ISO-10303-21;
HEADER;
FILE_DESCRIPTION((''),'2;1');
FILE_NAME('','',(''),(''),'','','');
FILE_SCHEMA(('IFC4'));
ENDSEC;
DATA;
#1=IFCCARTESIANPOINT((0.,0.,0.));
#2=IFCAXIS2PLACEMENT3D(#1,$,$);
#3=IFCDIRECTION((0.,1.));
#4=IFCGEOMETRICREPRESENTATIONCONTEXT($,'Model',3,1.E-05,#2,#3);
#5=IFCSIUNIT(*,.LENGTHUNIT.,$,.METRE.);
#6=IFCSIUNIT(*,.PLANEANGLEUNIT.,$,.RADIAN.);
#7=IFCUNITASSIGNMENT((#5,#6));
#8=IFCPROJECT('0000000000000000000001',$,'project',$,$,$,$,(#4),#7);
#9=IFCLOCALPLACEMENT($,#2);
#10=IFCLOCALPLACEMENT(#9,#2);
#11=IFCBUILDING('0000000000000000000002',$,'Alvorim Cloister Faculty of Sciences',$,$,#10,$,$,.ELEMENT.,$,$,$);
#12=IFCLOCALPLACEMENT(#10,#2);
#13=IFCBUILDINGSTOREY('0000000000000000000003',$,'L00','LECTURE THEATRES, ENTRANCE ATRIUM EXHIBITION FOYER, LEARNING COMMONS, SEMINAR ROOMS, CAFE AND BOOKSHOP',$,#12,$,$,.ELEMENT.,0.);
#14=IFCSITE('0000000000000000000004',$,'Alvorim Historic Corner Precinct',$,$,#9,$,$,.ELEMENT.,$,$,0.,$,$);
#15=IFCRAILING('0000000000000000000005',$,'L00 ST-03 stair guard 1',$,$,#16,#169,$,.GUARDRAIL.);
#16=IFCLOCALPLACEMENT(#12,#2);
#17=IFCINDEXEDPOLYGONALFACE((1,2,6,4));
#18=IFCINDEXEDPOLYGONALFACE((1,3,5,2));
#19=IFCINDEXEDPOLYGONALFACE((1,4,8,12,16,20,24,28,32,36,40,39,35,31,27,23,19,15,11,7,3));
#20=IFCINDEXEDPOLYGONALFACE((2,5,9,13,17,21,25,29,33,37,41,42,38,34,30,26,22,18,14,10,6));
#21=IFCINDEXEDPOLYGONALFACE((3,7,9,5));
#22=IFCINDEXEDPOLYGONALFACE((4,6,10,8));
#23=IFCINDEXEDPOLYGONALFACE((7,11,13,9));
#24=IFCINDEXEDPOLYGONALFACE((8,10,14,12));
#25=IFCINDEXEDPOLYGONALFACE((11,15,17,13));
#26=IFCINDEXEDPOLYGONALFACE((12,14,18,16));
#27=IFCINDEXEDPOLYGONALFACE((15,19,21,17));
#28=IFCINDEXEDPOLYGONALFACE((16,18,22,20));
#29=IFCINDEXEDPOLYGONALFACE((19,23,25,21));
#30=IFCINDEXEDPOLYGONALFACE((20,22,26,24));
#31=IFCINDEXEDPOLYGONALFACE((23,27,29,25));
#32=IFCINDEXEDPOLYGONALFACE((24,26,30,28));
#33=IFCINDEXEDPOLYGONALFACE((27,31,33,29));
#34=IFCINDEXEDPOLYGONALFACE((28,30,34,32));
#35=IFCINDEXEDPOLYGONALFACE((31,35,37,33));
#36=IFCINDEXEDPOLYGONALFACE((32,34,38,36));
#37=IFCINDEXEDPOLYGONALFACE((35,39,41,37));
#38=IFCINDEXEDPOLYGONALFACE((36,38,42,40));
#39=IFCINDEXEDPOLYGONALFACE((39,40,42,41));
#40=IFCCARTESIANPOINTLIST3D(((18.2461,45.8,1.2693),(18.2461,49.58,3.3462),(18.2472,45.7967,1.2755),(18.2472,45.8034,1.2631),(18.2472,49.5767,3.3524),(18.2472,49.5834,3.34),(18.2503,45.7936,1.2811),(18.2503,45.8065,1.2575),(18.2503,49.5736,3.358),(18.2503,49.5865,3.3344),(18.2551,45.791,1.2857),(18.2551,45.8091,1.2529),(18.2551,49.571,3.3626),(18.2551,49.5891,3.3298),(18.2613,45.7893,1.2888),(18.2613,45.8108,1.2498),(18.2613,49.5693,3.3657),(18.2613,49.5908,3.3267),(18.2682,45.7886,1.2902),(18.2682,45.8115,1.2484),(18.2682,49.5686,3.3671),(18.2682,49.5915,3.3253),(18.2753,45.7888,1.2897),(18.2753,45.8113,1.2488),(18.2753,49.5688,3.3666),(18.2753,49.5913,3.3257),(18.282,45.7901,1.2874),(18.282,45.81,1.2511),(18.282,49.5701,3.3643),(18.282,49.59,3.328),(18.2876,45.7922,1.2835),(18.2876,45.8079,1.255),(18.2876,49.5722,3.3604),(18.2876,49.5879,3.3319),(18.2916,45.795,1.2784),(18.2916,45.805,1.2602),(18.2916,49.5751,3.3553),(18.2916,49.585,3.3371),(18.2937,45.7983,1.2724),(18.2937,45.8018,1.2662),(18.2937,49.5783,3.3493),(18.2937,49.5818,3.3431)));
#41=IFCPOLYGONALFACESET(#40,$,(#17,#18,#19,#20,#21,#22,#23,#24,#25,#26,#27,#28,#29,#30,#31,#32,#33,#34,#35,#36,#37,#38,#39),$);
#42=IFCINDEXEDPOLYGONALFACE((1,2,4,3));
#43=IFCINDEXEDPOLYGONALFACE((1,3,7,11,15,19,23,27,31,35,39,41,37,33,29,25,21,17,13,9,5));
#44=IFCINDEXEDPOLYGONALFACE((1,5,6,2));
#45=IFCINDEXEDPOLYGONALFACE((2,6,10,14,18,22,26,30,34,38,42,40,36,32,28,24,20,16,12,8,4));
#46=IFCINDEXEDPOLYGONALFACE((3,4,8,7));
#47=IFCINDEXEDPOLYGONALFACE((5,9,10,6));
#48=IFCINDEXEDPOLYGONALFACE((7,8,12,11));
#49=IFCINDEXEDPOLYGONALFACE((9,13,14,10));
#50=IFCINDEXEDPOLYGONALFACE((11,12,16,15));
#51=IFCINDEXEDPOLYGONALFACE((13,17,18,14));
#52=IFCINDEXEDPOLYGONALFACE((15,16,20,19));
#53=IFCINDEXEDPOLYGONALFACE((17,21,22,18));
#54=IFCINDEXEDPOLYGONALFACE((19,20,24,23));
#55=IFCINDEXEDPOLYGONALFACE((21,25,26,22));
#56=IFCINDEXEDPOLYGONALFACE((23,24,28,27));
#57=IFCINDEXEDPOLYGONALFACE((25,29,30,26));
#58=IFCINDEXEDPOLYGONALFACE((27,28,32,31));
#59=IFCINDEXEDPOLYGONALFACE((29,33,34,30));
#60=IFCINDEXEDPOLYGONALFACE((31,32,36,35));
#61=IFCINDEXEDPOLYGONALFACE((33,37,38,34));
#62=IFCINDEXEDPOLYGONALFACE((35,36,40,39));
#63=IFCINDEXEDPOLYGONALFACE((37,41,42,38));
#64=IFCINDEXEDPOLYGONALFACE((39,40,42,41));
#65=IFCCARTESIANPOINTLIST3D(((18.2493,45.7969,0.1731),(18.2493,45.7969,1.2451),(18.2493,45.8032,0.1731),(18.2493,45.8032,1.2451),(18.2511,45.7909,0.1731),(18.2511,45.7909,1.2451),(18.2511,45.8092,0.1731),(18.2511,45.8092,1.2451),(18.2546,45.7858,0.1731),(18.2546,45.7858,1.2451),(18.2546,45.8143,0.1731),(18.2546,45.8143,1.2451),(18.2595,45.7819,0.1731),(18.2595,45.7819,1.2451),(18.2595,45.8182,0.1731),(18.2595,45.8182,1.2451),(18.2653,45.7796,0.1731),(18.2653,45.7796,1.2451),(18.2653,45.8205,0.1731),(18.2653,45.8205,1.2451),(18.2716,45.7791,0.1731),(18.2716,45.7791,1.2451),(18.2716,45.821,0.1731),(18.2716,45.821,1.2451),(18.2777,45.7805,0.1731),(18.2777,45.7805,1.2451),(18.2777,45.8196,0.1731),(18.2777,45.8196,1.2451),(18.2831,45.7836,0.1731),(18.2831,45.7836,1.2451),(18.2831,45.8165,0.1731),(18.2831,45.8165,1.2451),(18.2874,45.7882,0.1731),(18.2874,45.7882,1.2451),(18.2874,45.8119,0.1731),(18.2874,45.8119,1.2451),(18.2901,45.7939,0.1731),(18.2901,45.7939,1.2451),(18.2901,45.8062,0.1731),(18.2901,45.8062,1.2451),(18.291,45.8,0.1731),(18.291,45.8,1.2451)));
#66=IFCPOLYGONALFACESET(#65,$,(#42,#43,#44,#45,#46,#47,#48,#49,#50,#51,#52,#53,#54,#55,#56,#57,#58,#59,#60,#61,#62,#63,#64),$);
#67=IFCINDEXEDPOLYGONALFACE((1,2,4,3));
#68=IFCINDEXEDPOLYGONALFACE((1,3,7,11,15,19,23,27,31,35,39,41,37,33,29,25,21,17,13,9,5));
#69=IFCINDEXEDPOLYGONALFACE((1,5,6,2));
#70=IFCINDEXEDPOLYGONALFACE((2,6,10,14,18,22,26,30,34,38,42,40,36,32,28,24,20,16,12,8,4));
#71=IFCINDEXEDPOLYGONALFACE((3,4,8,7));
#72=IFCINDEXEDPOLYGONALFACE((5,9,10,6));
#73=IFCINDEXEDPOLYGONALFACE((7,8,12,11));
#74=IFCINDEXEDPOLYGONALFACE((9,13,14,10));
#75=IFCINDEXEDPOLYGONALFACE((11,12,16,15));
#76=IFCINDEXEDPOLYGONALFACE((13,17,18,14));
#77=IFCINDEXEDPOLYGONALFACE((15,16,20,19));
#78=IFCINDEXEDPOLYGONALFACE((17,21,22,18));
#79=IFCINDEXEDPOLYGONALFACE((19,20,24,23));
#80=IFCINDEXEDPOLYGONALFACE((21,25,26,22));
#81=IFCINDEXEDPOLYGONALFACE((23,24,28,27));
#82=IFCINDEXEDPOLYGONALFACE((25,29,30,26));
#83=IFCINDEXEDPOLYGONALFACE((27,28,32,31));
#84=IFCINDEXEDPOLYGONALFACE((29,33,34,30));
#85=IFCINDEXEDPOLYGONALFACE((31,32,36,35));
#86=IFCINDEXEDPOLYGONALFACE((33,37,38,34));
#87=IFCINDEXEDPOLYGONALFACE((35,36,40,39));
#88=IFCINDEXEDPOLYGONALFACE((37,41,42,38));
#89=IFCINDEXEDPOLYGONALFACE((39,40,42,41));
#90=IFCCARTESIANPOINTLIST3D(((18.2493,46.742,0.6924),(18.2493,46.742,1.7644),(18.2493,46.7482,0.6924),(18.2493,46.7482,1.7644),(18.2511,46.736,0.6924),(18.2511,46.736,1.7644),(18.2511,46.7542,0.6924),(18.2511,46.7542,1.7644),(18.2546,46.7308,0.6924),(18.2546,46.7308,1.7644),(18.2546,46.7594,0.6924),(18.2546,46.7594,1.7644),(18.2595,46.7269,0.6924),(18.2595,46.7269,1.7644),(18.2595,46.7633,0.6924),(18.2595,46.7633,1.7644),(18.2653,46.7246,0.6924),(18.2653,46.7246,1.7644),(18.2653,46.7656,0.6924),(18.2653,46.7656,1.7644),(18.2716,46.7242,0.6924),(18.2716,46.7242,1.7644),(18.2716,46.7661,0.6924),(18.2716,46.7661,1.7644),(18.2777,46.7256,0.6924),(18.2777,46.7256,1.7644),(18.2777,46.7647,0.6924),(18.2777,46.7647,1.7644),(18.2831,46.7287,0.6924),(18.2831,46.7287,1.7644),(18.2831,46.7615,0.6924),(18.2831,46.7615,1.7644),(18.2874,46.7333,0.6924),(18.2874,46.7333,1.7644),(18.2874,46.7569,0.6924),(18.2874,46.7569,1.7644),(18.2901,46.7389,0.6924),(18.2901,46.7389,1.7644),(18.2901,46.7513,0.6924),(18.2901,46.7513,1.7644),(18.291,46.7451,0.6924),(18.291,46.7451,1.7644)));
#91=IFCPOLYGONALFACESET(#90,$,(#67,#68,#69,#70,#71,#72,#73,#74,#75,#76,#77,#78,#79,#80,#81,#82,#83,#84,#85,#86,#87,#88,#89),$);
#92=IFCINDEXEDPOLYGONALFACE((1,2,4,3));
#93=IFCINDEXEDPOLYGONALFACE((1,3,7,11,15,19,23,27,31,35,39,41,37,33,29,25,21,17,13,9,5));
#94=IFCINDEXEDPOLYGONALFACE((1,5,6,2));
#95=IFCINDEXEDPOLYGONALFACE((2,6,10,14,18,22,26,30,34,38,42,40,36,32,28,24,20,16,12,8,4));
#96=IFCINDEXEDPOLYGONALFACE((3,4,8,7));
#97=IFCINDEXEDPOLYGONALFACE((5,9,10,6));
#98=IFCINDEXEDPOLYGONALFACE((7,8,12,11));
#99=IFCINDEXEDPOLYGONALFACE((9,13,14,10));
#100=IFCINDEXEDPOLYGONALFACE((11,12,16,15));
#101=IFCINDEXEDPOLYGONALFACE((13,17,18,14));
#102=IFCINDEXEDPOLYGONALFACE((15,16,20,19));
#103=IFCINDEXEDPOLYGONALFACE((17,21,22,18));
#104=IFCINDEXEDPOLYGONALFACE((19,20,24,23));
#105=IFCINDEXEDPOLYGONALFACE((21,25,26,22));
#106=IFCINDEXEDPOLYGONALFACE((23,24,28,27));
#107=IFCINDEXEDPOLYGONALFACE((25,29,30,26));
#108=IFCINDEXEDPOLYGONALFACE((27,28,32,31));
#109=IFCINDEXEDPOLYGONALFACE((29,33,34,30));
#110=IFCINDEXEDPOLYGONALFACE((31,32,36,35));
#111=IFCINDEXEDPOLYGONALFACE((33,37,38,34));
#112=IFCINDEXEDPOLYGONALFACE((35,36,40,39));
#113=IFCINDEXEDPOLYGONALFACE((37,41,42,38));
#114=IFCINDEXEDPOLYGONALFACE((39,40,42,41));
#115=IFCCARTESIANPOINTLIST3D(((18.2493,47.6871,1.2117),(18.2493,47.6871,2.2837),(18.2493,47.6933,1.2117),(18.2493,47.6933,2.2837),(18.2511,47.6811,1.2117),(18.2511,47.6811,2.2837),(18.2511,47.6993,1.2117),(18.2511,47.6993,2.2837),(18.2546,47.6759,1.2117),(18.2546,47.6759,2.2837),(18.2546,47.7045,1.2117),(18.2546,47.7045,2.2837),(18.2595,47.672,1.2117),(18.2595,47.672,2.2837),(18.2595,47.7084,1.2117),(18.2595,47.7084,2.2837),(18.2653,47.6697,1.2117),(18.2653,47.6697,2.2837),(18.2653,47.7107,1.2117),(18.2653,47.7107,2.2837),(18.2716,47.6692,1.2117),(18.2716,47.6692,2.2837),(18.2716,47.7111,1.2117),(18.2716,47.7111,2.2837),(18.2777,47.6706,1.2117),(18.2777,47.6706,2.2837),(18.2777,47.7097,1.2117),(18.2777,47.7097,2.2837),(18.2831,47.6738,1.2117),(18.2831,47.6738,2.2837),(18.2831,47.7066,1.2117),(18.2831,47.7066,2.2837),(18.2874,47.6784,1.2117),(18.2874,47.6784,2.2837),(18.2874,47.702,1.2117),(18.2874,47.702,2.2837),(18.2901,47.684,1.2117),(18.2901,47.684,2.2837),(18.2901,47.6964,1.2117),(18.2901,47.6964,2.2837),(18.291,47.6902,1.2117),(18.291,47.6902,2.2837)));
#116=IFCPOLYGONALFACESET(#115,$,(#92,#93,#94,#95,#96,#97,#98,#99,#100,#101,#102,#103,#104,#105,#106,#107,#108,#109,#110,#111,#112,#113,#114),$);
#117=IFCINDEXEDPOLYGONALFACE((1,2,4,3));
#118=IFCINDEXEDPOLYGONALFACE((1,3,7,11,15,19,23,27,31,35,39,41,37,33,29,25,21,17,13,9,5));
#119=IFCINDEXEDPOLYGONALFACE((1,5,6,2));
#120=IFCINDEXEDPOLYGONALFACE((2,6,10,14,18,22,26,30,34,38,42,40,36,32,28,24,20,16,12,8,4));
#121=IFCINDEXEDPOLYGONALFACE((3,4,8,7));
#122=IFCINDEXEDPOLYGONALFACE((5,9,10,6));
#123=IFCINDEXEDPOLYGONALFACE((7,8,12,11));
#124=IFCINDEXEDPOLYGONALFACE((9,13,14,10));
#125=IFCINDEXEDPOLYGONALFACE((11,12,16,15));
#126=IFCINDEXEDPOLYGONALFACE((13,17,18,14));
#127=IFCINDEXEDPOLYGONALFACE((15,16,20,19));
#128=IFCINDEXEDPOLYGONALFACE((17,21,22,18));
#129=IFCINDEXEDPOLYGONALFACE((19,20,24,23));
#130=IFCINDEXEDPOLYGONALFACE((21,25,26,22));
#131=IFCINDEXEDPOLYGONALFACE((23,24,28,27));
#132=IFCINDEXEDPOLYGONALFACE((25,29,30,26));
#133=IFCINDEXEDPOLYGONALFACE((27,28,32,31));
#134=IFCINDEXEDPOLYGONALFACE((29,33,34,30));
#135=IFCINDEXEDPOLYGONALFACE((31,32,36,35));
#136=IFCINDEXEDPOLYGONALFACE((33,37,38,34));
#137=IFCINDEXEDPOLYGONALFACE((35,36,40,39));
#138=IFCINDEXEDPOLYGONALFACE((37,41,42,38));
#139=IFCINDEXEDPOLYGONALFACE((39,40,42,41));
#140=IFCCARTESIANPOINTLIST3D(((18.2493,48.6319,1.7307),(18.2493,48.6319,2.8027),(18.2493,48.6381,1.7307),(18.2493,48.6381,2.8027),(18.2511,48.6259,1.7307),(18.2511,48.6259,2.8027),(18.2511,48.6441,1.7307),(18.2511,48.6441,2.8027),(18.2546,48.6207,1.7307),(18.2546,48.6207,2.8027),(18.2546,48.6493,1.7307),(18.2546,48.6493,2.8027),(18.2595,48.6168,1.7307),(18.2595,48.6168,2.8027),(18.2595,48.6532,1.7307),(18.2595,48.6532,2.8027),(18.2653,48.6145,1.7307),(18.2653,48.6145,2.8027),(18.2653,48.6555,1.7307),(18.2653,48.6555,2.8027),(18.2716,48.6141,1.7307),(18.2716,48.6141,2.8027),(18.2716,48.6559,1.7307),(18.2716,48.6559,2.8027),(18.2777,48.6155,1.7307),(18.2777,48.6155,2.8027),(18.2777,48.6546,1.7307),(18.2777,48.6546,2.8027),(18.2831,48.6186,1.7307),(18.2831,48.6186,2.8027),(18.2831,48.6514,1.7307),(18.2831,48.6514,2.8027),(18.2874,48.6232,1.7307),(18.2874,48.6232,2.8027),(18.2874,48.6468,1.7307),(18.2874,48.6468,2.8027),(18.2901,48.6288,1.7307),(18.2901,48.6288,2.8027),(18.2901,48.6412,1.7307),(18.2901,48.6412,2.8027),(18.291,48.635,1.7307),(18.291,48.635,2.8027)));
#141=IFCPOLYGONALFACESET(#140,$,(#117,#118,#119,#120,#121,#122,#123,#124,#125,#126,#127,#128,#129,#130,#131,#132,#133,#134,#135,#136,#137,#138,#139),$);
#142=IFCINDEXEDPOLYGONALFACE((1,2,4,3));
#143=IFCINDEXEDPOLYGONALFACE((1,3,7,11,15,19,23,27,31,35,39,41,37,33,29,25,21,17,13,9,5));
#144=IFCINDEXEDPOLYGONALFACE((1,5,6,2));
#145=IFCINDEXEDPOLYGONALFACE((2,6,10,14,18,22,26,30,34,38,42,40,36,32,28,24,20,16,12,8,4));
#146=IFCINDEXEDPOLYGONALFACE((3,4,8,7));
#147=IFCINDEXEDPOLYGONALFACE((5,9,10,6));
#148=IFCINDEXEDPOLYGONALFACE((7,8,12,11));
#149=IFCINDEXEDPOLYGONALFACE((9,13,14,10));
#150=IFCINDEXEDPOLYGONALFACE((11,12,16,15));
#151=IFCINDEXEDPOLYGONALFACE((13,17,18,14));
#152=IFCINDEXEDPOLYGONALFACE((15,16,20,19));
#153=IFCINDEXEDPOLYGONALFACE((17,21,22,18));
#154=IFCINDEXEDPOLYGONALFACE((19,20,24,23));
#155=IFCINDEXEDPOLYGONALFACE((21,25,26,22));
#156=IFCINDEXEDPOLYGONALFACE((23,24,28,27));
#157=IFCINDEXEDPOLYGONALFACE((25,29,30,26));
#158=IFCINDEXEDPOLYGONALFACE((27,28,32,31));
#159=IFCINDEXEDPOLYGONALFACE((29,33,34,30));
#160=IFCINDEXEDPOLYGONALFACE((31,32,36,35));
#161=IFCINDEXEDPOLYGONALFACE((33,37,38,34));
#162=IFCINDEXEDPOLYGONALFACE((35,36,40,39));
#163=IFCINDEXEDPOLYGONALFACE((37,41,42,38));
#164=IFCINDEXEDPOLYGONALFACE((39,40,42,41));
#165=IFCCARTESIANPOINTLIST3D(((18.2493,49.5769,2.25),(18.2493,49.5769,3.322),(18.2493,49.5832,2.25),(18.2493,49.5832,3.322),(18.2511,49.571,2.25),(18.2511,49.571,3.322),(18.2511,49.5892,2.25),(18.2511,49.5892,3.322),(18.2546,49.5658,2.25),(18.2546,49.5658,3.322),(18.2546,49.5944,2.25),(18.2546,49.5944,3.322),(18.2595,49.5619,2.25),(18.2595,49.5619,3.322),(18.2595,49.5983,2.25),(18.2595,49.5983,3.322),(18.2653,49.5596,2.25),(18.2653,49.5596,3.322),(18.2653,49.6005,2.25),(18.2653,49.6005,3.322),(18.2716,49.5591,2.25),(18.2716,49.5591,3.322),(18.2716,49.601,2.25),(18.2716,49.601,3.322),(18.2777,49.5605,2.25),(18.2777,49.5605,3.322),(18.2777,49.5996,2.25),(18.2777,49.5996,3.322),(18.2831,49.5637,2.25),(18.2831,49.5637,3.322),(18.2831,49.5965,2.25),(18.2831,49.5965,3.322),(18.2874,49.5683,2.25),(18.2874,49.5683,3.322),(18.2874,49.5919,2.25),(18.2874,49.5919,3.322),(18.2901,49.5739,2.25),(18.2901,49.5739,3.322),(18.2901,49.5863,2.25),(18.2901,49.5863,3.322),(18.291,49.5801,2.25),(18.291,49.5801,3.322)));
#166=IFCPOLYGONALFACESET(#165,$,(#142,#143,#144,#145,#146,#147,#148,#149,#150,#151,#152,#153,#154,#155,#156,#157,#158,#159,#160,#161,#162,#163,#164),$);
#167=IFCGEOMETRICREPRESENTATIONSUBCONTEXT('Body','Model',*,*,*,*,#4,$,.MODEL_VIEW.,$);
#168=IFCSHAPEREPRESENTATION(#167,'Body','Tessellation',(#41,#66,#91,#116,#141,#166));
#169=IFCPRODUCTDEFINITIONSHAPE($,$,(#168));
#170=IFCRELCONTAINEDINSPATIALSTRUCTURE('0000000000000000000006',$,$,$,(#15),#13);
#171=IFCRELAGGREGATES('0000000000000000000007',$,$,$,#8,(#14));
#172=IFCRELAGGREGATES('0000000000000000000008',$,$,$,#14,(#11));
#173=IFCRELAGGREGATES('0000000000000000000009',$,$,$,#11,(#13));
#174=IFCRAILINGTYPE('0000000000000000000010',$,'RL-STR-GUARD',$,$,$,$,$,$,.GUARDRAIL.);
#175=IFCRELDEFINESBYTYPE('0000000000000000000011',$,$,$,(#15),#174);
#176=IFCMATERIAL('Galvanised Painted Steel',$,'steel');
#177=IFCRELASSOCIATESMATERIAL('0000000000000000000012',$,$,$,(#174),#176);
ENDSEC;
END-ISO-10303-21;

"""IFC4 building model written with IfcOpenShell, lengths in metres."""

from ifc_helpers import new_model, si_unit, direction, frame, origin, origin_2d, place, context, subcontext, project, spatial, circle, extrude, material, type_object, element, save


model = new_model("IFC4")

# Units and contexts
model_context = context("Model", 3, precision=1e-05, world=origin(), true_north=direction((0.0, 1.0)))
body_context = subcontext(model_context, "Body", "Model", "MODEL_VIEW")
ifc_project = project(units=[si_unit("LENGTHUNIT", "METRE"), si_unit("PLANEANGLEUNIT", "RADIAN")], contexts=[model_context])

# Site, building, storey
site_placement = place(None, origin())
site = spatial("IfcSite", under=ifc_project, at=site_placement, Name="Alvorim Historic Corner Precinct", CompositionType="ELEMENT", RefElevation=0.0)
building_placement = place(site_placement, origin())
building = spatial("IfcBuilding", under=site, at=building_placement, Name="Alvorim Cloister Faculty of Sciences", CompositionType="ELEMENT")
storey_placement = place(building_placement, origin())
storey = spatial("IfcBuildingStorey", under=building, at=storey_placement, Name="L00", Description="LECTURE THEATRES, ENTRANCE ATRIUM EXHIBITION FOYER, LEARNING COMMONS, SEMINAR ROOMS, CAFE AND BOOKSHOP", CompositionType="ELEMENT", Elevation=0.0)

# Railing
ifc_material_1 = material(Name="Galvanised Painted Steel", Category="steel")
railing_type = type_object("IfcRailingType", Name="RL-STR-GUARD", PredefinedType="GUARDRAIL", material=ifc_material_1)
railing_1_placement = place(storey_placement, frame((18.27, 45.8, 0.1731)))
element("IfcRailing", 1, at=railing_1_placement, inside=storey, type_object=railing_type, Name="L00 ST-03 stair guard 1", PredefinedType="GUARDRAIL", context=body_context, shape_type="SweptSolid", body=[
    extrude(circle(Radius=0.0239, at=origin_2d()), frame((0.0, 0.0, 1.0962), z_axis=(0.0, 0.876423, 0.481543), x_axis=(-1.0, 0.0, 0.0)), (0.0, 0.0, 1.0), 4.313),
    extrude(circle(Radius=0.021, at=origin_2d()), origin(), (0.0, 0.0, 1.0), 1.072),
    extrude(circle(Radius=0.021, at=origin_2d()), frame((0.0, 0.9451, 0.5193)), (0.0, 0.0, 1.0), 1.072),
    extrude(circle(Radius=0.021, at=origin_2d()), frame((0.0, 1.8901, 1.0386)), (0.0, 0.0, 1.0), 1.072),
    extrude(circle(Radius=0.021, at=origin_2d()), frame((0.0, 2.835, 1.5576)), (0.0, 0.0, 1.0), 1.072),
    extrude(circle(Radius=0.021, at=origin_2d()), frame((0.0, 3.78, 2.0769)), (0.0, 0.0, 1.0), 1.072),
])

save(model, "model.ifc")
